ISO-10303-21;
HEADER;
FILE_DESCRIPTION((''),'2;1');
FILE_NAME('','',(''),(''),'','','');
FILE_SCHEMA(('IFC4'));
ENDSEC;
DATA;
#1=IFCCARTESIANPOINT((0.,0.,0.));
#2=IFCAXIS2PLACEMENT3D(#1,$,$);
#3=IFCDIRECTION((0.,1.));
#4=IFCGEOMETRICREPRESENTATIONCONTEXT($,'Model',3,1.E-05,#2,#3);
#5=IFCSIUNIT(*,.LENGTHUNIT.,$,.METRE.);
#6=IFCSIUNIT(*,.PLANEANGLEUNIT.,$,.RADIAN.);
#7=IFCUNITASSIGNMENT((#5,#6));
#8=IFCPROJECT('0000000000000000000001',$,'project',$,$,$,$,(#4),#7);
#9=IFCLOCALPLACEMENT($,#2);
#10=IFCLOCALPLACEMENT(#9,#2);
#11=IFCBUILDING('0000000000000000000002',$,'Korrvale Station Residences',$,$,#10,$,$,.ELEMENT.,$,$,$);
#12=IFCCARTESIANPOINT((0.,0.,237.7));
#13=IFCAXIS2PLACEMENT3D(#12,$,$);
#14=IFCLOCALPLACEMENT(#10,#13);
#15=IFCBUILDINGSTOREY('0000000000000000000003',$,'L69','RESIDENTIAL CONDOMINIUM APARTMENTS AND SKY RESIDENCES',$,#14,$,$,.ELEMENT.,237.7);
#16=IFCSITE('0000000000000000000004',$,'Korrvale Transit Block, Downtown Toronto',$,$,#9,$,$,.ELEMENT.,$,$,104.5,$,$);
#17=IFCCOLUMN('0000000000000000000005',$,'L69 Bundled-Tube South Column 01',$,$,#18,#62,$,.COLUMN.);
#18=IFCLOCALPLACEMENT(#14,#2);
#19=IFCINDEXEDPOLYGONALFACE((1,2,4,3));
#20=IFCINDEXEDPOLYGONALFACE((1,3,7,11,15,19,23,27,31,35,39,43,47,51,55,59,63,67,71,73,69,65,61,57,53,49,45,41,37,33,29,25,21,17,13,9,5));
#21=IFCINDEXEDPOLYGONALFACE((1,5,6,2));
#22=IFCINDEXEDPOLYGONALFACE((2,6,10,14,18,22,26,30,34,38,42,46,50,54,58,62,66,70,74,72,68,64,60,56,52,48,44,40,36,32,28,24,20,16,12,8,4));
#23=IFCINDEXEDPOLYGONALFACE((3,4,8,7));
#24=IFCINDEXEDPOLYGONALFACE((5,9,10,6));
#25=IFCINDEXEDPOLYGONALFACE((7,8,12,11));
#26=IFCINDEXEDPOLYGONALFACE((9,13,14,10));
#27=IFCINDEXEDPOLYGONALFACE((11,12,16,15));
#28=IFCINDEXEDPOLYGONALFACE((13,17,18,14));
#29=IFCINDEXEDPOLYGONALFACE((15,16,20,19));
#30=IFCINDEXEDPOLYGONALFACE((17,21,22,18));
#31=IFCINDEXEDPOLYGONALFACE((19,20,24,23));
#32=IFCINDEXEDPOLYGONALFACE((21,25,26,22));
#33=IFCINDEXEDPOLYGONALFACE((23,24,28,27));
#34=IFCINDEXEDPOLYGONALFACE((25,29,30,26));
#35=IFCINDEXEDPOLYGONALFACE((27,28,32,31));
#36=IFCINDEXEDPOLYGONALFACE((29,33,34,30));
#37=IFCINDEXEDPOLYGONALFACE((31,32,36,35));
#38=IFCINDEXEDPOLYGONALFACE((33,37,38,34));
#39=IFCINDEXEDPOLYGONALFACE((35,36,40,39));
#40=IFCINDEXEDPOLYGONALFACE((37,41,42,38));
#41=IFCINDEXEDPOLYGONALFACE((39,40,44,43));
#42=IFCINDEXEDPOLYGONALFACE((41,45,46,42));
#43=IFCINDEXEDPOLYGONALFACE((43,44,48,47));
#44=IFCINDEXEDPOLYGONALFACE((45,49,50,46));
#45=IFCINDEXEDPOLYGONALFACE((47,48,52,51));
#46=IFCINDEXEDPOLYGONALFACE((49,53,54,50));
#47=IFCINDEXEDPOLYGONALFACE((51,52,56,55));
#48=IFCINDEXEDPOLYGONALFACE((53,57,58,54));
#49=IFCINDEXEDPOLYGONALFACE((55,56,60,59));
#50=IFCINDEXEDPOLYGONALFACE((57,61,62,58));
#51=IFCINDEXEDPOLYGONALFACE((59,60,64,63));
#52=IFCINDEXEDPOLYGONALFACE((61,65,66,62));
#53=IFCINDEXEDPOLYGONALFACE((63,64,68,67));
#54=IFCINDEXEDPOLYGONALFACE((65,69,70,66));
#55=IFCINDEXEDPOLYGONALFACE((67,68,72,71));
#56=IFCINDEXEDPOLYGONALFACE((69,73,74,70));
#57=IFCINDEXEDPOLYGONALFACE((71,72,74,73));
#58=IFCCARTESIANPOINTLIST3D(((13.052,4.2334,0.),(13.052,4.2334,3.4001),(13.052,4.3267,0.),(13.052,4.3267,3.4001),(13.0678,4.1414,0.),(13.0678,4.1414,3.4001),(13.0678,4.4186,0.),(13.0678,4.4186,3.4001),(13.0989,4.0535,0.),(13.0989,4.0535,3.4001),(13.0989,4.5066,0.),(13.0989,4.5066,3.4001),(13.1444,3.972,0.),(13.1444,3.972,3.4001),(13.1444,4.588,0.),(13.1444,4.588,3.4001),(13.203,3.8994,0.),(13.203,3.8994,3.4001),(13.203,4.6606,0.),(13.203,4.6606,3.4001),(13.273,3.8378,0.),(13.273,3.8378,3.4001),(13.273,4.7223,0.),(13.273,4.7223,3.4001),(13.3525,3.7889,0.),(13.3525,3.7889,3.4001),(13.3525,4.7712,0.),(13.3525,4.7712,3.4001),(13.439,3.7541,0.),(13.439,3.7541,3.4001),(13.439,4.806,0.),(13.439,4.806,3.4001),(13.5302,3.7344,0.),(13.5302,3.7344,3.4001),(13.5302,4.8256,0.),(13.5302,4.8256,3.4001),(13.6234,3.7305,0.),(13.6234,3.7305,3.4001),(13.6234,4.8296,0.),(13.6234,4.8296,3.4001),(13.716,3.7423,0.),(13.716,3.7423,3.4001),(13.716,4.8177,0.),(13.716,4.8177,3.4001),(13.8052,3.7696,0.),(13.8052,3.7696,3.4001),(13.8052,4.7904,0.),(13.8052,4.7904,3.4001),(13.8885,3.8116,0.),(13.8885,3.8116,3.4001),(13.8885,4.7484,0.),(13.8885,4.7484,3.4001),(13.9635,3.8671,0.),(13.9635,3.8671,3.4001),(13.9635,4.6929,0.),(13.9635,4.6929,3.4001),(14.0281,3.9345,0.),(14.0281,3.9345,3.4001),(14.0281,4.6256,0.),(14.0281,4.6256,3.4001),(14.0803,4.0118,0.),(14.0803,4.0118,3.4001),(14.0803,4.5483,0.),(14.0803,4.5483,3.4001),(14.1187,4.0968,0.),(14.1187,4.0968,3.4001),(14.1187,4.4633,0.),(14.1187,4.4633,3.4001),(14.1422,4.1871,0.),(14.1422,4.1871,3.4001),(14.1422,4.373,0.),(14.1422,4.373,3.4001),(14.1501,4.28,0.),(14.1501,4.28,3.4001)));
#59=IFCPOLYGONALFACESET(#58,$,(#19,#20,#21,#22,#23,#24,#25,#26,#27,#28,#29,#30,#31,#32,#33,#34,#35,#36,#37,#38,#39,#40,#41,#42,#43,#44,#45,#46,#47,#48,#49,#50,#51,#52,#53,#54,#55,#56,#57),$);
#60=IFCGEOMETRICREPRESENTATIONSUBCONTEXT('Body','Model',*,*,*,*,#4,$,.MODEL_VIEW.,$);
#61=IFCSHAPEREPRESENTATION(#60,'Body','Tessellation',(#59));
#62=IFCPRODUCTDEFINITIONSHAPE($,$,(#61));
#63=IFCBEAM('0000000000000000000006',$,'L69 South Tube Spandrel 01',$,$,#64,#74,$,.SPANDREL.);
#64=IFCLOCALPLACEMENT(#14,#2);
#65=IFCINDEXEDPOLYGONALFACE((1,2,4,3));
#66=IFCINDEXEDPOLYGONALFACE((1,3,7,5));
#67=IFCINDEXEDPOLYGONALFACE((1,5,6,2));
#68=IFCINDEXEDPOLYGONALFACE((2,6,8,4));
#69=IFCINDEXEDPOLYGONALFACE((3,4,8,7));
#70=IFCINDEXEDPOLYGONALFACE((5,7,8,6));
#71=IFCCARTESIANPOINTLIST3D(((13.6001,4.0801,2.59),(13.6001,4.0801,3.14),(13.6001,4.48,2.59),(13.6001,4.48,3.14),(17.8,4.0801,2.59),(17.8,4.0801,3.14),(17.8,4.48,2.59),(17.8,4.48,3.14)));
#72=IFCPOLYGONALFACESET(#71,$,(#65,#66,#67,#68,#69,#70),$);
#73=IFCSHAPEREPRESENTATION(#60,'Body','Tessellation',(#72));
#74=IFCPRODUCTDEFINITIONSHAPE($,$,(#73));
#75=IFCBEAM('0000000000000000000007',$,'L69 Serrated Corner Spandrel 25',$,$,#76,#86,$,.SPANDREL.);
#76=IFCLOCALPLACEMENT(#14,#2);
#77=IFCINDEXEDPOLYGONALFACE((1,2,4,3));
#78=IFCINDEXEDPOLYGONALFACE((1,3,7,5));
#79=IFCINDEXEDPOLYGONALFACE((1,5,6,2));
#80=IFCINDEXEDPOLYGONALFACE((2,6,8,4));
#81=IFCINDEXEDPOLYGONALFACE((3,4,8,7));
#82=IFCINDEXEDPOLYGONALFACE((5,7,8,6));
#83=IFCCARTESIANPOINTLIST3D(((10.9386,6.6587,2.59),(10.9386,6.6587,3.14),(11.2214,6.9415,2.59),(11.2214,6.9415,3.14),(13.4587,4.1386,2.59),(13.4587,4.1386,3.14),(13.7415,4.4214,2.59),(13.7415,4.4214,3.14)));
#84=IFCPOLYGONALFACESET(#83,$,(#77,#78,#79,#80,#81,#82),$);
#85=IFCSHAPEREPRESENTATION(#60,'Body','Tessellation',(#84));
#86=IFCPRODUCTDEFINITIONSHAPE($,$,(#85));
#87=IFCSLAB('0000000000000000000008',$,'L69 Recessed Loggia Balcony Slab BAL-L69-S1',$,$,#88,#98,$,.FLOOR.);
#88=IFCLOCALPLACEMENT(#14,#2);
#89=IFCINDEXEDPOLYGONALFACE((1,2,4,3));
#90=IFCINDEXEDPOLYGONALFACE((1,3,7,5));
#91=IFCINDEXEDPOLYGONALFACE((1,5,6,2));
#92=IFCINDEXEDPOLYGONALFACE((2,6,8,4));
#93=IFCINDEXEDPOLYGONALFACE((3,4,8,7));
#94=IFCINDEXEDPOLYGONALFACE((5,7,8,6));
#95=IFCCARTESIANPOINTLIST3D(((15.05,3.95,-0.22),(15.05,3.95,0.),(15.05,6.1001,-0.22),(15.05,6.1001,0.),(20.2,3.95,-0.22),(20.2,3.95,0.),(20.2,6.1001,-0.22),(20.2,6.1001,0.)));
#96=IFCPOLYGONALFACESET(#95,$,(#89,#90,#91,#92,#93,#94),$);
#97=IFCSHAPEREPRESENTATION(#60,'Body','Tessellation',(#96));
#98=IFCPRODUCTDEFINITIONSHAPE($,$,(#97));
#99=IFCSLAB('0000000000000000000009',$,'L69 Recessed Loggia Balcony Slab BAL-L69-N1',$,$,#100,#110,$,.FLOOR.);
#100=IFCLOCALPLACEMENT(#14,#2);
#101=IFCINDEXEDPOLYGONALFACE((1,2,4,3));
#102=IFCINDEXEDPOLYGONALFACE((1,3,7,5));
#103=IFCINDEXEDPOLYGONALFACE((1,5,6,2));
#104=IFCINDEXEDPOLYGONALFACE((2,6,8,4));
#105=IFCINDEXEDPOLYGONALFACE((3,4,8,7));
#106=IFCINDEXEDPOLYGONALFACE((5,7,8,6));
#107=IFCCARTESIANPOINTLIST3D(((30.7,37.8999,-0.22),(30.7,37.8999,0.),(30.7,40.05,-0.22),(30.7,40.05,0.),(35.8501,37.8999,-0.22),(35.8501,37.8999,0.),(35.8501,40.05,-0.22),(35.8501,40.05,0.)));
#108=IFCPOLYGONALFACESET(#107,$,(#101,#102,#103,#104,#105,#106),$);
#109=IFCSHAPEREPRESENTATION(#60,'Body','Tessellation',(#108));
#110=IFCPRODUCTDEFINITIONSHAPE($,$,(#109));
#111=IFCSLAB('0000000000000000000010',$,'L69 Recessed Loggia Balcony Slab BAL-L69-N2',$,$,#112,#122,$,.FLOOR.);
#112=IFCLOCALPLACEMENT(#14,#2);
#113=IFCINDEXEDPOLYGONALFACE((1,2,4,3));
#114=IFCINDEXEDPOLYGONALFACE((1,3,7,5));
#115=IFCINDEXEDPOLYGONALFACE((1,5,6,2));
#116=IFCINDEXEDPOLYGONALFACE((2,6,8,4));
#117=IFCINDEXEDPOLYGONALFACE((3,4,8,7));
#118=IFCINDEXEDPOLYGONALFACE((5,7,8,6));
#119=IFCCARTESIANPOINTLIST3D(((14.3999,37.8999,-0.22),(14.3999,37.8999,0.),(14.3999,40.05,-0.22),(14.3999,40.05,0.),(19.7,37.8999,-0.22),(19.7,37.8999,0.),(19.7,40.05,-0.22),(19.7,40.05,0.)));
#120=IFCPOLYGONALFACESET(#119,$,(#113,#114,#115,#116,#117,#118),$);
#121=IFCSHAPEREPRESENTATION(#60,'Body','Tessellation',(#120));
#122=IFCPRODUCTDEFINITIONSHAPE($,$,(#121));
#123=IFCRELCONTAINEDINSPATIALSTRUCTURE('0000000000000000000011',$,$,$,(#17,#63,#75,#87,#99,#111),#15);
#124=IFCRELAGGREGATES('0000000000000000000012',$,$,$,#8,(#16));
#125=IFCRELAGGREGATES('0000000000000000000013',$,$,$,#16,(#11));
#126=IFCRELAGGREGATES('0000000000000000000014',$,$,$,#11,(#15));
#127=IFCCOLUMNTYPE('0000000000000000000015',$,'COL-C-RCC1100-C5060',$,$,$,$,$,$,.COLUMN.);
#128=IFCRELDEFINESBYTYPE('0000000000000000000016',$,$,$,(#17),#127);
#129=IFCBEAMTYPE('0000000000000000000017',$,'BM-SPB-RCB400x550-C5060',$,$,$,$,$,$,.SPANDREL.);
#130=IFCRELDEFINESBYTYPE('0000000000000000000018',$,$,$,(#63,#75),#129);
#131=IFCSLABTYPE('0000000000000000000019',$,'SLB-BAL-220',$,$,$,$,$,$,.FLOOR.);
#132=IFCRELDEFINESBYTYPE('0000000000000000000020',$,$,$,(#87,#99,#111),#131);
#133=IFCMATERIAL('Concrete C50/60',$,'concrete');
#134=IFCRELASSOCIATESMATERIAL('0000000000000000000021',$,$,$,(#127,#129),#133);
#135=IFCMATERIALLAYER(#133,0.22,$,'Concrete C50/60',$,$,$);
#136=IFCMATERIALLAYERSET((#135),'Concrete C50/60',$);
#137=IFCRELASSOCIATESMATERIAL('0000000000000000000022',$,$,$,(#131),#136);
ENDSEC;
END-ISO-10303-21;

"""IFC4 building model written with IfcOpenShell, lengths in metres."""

from ifc_helpers import new_model, si_unit, direction, frame, origin, origin_2d, place, context, subcontext, project, spatial, polyline, rectangle, circle, outline, extrude, material, layer, layer_set, material_profile, profile_set, type_object, element, save


model = new_model("IFC4")

# Units and contexts
model_context = context("Model", 3, precision=1e-05, world=origin(), true_north=direction((0.0, 1.0)))
body_context = subcontext(model_context, "Body", "Model", "MODEL_VIEW")
ifc_project = project(units=[si_unit("LENGTHUNIT", "METRE"), si_unit("PLANEANGLEUNIT", "RADIAN")], contexts=[model_context])

# Site, building, storey
site_placement = place(None, origin())
site = spatial("IfcSite", under=ifc_project, at=site_placement, Name="Korrvale Transit Block, Downtown Toronto", CompositionType="ELEMENT", RefElevation=104.5)
building_placement = place(site_placement, origin())
building = spatial("IfcBuilding", under=site, at=building_placement, Name="Korrvale Station Residences", CompositionType="ELEMENT")
storey_placement = place(building_placement, frame((0.0, 0.0, 237.7)))
storey = spatial("IfcBuildingStorey", under=building, at=storey_placement, Name="L69", Description="RESIDENTIAL CONDOMINIUM APARTMENTS AND SKY RESIDENCES", CompositionType="ELEMENT", Elevation=237.7)

# Column
ifc_material_1 = material(Name="Concrete C50/60", Category="concrete")
ifc_material_profile_1 = material_profile(ifc_material_1, circle(Radius=0.55, at=origin_2d()), Name="RCC1100")
ifc_profile_set_1 = profile_set([ifc_material_profile_1], Name="Concrete C50/60")
column_type = type_object("IfcColumnType", Name="COL-C-RCC1100-C5060", PredefinedType="COLUMN", material=ifc_profile_set_1)
column_placement = place(storey_placement, frame((13.6001, 4.28, 0.0), z_axis=(0.0, 0.0, 1.0), x_axis=(1.0, 0.0, 0.0)))
element("IfcColumn", 1, at=column_placement, inside=storey, type_object=column_type, Name="L69 Bundled-Tube South Column 01", PredefinedType="COLUMN", context=body_context, shape_type="SweptSolid", body=[
    extrude(circle(Radius=0.55, at=origin_2d()), origin(), (0.0, 0.0, 1.0), 3.4001),
])

# Beams
ifc_material_profile_2 = material_profile(ifc_material_1, rectangle(XDim=0.3999, YDim=0.55, at=origin_2d()), Name="RCB400x550")
ifc_profile_set_2 = profile_set([ifc_material_profile_2], Name="Concrete C50/60")
beam_type = type_object("IfcBeamType", Name="BM-SPB-RCB400x550-C5060", PredefinedType="SPANDREL", material=ifc_profile_set_2)
beam_1_placement = place(storey_placement, frame((13.6001, 4.28, 2.865), z_axis=(1.0, 0.0, 0.0), x_axis=(0.0, 1.0, 0.0)))
element("IfcBeam", 2, at=beam_1_placement, inside=storey, type_object=beam_type, Name="L69 South Tube Spandrel 01", PredefinedType="SPANDREL", context=body_context, shape_type="SweptSolid", body=[
    extrude(rectangle(XDim=0.3999, YDim=0.55, at=origin_2d()), origin(), (0.0, 0.0, 1.0), 4.2),
])
beam_2_placement = place(storey_placement, frame((13.6001, 4.28, 2.865), z_axis=(-0.707107, 0.707107, 0.0), x_axis=(-0.707107, -0.707107, 0.0)))
element("IfcBeam", 3, at=beam_2_placement, inside=storey, type_object=beam_type, Name="L69 Serrated Corner Spandrel 25", PredefinedType="SPANDREL", context=body_context, shape_type="SweptSolid", body=[
    extrude(rectangle(XDim=0.3999, YDim=0.55, at=origin_2d()), origin(), (0.0, 0.0, 1.0), 3.564),
])

# Slabs
ifc_layer_1 = layer(ifc_material_1, 0.22, Name="Concrete C50/60")
ifc_layer_set_1 = layer_set([ifc_layer_1], Name="Concrete C50/60")
slab_type_1 = type_object("IfcSlabType", Name="SLB-BAL-220", PredefinedType="FLOOR", material=ifc_layer_set_1)
slab_1_placement = place(storey_placement, frame((0.0, 0.0, -0.22)))
element("IfcSlab", 4, at=slab_1_placement, inside=storey, type_object=slab_type_1, Name="L69 Recessed Loggia Balcony Slab BAL-L69-S1", PredefinedType="FLOOR", context=body_context, shape_type="SweptSolid", body=[
    extrude(outline(polyline([(15.05, 3.95), (20.2, 3.95), (20.2, 6.1001), (15.05, 6.1001), (15.05, 3.95)])), origin(), (0.0, 0.0, 1.0), 0.22),
])
slab_2_placement = place(storey_placement, frame((0.0, 0.0, -0.22)))
element("IfcSlab", 5, at=slab_2_placement, inside=storey, type_object=slab_type_1, Name="L69 Recessed Loggia Balcony Slab BAL-L69-N1", PredefinedType="FLOOR", context=body_context, shape_type="SweptSolid", body=[
    extrude(outline(polyline([(30.7, 37.8999), (35.8501, 37.8999), (35.8501, 40.05), (30.7, 40.05), (30.7, 37.8999)])), origin(), (0.0, 0.0, 1.0), 0.22),
])
slab_3_placement = place(storey_placement, frame((0.0, 0.0, -0.22)))
element("IfcSlab", 6, at=slab_3_placement, inside=storey, type_object=slab_type_1, Name="L69 Recessed Loggia Balcony Slab BAL-L69-N2", PredefinedType="FLOOR", context=body_context, shape_type="SweptSolid", body=[
    extrude(outline(polyline([(14.3999, 37.8999), (19.7, 37.8999), (19.7, 40.05), (14.3999, 40.05), (14.3999, 37.8999)])), origin(), (0.0, 0.0, 1.0), 0.22),
])

save(model, "model.ifc")
